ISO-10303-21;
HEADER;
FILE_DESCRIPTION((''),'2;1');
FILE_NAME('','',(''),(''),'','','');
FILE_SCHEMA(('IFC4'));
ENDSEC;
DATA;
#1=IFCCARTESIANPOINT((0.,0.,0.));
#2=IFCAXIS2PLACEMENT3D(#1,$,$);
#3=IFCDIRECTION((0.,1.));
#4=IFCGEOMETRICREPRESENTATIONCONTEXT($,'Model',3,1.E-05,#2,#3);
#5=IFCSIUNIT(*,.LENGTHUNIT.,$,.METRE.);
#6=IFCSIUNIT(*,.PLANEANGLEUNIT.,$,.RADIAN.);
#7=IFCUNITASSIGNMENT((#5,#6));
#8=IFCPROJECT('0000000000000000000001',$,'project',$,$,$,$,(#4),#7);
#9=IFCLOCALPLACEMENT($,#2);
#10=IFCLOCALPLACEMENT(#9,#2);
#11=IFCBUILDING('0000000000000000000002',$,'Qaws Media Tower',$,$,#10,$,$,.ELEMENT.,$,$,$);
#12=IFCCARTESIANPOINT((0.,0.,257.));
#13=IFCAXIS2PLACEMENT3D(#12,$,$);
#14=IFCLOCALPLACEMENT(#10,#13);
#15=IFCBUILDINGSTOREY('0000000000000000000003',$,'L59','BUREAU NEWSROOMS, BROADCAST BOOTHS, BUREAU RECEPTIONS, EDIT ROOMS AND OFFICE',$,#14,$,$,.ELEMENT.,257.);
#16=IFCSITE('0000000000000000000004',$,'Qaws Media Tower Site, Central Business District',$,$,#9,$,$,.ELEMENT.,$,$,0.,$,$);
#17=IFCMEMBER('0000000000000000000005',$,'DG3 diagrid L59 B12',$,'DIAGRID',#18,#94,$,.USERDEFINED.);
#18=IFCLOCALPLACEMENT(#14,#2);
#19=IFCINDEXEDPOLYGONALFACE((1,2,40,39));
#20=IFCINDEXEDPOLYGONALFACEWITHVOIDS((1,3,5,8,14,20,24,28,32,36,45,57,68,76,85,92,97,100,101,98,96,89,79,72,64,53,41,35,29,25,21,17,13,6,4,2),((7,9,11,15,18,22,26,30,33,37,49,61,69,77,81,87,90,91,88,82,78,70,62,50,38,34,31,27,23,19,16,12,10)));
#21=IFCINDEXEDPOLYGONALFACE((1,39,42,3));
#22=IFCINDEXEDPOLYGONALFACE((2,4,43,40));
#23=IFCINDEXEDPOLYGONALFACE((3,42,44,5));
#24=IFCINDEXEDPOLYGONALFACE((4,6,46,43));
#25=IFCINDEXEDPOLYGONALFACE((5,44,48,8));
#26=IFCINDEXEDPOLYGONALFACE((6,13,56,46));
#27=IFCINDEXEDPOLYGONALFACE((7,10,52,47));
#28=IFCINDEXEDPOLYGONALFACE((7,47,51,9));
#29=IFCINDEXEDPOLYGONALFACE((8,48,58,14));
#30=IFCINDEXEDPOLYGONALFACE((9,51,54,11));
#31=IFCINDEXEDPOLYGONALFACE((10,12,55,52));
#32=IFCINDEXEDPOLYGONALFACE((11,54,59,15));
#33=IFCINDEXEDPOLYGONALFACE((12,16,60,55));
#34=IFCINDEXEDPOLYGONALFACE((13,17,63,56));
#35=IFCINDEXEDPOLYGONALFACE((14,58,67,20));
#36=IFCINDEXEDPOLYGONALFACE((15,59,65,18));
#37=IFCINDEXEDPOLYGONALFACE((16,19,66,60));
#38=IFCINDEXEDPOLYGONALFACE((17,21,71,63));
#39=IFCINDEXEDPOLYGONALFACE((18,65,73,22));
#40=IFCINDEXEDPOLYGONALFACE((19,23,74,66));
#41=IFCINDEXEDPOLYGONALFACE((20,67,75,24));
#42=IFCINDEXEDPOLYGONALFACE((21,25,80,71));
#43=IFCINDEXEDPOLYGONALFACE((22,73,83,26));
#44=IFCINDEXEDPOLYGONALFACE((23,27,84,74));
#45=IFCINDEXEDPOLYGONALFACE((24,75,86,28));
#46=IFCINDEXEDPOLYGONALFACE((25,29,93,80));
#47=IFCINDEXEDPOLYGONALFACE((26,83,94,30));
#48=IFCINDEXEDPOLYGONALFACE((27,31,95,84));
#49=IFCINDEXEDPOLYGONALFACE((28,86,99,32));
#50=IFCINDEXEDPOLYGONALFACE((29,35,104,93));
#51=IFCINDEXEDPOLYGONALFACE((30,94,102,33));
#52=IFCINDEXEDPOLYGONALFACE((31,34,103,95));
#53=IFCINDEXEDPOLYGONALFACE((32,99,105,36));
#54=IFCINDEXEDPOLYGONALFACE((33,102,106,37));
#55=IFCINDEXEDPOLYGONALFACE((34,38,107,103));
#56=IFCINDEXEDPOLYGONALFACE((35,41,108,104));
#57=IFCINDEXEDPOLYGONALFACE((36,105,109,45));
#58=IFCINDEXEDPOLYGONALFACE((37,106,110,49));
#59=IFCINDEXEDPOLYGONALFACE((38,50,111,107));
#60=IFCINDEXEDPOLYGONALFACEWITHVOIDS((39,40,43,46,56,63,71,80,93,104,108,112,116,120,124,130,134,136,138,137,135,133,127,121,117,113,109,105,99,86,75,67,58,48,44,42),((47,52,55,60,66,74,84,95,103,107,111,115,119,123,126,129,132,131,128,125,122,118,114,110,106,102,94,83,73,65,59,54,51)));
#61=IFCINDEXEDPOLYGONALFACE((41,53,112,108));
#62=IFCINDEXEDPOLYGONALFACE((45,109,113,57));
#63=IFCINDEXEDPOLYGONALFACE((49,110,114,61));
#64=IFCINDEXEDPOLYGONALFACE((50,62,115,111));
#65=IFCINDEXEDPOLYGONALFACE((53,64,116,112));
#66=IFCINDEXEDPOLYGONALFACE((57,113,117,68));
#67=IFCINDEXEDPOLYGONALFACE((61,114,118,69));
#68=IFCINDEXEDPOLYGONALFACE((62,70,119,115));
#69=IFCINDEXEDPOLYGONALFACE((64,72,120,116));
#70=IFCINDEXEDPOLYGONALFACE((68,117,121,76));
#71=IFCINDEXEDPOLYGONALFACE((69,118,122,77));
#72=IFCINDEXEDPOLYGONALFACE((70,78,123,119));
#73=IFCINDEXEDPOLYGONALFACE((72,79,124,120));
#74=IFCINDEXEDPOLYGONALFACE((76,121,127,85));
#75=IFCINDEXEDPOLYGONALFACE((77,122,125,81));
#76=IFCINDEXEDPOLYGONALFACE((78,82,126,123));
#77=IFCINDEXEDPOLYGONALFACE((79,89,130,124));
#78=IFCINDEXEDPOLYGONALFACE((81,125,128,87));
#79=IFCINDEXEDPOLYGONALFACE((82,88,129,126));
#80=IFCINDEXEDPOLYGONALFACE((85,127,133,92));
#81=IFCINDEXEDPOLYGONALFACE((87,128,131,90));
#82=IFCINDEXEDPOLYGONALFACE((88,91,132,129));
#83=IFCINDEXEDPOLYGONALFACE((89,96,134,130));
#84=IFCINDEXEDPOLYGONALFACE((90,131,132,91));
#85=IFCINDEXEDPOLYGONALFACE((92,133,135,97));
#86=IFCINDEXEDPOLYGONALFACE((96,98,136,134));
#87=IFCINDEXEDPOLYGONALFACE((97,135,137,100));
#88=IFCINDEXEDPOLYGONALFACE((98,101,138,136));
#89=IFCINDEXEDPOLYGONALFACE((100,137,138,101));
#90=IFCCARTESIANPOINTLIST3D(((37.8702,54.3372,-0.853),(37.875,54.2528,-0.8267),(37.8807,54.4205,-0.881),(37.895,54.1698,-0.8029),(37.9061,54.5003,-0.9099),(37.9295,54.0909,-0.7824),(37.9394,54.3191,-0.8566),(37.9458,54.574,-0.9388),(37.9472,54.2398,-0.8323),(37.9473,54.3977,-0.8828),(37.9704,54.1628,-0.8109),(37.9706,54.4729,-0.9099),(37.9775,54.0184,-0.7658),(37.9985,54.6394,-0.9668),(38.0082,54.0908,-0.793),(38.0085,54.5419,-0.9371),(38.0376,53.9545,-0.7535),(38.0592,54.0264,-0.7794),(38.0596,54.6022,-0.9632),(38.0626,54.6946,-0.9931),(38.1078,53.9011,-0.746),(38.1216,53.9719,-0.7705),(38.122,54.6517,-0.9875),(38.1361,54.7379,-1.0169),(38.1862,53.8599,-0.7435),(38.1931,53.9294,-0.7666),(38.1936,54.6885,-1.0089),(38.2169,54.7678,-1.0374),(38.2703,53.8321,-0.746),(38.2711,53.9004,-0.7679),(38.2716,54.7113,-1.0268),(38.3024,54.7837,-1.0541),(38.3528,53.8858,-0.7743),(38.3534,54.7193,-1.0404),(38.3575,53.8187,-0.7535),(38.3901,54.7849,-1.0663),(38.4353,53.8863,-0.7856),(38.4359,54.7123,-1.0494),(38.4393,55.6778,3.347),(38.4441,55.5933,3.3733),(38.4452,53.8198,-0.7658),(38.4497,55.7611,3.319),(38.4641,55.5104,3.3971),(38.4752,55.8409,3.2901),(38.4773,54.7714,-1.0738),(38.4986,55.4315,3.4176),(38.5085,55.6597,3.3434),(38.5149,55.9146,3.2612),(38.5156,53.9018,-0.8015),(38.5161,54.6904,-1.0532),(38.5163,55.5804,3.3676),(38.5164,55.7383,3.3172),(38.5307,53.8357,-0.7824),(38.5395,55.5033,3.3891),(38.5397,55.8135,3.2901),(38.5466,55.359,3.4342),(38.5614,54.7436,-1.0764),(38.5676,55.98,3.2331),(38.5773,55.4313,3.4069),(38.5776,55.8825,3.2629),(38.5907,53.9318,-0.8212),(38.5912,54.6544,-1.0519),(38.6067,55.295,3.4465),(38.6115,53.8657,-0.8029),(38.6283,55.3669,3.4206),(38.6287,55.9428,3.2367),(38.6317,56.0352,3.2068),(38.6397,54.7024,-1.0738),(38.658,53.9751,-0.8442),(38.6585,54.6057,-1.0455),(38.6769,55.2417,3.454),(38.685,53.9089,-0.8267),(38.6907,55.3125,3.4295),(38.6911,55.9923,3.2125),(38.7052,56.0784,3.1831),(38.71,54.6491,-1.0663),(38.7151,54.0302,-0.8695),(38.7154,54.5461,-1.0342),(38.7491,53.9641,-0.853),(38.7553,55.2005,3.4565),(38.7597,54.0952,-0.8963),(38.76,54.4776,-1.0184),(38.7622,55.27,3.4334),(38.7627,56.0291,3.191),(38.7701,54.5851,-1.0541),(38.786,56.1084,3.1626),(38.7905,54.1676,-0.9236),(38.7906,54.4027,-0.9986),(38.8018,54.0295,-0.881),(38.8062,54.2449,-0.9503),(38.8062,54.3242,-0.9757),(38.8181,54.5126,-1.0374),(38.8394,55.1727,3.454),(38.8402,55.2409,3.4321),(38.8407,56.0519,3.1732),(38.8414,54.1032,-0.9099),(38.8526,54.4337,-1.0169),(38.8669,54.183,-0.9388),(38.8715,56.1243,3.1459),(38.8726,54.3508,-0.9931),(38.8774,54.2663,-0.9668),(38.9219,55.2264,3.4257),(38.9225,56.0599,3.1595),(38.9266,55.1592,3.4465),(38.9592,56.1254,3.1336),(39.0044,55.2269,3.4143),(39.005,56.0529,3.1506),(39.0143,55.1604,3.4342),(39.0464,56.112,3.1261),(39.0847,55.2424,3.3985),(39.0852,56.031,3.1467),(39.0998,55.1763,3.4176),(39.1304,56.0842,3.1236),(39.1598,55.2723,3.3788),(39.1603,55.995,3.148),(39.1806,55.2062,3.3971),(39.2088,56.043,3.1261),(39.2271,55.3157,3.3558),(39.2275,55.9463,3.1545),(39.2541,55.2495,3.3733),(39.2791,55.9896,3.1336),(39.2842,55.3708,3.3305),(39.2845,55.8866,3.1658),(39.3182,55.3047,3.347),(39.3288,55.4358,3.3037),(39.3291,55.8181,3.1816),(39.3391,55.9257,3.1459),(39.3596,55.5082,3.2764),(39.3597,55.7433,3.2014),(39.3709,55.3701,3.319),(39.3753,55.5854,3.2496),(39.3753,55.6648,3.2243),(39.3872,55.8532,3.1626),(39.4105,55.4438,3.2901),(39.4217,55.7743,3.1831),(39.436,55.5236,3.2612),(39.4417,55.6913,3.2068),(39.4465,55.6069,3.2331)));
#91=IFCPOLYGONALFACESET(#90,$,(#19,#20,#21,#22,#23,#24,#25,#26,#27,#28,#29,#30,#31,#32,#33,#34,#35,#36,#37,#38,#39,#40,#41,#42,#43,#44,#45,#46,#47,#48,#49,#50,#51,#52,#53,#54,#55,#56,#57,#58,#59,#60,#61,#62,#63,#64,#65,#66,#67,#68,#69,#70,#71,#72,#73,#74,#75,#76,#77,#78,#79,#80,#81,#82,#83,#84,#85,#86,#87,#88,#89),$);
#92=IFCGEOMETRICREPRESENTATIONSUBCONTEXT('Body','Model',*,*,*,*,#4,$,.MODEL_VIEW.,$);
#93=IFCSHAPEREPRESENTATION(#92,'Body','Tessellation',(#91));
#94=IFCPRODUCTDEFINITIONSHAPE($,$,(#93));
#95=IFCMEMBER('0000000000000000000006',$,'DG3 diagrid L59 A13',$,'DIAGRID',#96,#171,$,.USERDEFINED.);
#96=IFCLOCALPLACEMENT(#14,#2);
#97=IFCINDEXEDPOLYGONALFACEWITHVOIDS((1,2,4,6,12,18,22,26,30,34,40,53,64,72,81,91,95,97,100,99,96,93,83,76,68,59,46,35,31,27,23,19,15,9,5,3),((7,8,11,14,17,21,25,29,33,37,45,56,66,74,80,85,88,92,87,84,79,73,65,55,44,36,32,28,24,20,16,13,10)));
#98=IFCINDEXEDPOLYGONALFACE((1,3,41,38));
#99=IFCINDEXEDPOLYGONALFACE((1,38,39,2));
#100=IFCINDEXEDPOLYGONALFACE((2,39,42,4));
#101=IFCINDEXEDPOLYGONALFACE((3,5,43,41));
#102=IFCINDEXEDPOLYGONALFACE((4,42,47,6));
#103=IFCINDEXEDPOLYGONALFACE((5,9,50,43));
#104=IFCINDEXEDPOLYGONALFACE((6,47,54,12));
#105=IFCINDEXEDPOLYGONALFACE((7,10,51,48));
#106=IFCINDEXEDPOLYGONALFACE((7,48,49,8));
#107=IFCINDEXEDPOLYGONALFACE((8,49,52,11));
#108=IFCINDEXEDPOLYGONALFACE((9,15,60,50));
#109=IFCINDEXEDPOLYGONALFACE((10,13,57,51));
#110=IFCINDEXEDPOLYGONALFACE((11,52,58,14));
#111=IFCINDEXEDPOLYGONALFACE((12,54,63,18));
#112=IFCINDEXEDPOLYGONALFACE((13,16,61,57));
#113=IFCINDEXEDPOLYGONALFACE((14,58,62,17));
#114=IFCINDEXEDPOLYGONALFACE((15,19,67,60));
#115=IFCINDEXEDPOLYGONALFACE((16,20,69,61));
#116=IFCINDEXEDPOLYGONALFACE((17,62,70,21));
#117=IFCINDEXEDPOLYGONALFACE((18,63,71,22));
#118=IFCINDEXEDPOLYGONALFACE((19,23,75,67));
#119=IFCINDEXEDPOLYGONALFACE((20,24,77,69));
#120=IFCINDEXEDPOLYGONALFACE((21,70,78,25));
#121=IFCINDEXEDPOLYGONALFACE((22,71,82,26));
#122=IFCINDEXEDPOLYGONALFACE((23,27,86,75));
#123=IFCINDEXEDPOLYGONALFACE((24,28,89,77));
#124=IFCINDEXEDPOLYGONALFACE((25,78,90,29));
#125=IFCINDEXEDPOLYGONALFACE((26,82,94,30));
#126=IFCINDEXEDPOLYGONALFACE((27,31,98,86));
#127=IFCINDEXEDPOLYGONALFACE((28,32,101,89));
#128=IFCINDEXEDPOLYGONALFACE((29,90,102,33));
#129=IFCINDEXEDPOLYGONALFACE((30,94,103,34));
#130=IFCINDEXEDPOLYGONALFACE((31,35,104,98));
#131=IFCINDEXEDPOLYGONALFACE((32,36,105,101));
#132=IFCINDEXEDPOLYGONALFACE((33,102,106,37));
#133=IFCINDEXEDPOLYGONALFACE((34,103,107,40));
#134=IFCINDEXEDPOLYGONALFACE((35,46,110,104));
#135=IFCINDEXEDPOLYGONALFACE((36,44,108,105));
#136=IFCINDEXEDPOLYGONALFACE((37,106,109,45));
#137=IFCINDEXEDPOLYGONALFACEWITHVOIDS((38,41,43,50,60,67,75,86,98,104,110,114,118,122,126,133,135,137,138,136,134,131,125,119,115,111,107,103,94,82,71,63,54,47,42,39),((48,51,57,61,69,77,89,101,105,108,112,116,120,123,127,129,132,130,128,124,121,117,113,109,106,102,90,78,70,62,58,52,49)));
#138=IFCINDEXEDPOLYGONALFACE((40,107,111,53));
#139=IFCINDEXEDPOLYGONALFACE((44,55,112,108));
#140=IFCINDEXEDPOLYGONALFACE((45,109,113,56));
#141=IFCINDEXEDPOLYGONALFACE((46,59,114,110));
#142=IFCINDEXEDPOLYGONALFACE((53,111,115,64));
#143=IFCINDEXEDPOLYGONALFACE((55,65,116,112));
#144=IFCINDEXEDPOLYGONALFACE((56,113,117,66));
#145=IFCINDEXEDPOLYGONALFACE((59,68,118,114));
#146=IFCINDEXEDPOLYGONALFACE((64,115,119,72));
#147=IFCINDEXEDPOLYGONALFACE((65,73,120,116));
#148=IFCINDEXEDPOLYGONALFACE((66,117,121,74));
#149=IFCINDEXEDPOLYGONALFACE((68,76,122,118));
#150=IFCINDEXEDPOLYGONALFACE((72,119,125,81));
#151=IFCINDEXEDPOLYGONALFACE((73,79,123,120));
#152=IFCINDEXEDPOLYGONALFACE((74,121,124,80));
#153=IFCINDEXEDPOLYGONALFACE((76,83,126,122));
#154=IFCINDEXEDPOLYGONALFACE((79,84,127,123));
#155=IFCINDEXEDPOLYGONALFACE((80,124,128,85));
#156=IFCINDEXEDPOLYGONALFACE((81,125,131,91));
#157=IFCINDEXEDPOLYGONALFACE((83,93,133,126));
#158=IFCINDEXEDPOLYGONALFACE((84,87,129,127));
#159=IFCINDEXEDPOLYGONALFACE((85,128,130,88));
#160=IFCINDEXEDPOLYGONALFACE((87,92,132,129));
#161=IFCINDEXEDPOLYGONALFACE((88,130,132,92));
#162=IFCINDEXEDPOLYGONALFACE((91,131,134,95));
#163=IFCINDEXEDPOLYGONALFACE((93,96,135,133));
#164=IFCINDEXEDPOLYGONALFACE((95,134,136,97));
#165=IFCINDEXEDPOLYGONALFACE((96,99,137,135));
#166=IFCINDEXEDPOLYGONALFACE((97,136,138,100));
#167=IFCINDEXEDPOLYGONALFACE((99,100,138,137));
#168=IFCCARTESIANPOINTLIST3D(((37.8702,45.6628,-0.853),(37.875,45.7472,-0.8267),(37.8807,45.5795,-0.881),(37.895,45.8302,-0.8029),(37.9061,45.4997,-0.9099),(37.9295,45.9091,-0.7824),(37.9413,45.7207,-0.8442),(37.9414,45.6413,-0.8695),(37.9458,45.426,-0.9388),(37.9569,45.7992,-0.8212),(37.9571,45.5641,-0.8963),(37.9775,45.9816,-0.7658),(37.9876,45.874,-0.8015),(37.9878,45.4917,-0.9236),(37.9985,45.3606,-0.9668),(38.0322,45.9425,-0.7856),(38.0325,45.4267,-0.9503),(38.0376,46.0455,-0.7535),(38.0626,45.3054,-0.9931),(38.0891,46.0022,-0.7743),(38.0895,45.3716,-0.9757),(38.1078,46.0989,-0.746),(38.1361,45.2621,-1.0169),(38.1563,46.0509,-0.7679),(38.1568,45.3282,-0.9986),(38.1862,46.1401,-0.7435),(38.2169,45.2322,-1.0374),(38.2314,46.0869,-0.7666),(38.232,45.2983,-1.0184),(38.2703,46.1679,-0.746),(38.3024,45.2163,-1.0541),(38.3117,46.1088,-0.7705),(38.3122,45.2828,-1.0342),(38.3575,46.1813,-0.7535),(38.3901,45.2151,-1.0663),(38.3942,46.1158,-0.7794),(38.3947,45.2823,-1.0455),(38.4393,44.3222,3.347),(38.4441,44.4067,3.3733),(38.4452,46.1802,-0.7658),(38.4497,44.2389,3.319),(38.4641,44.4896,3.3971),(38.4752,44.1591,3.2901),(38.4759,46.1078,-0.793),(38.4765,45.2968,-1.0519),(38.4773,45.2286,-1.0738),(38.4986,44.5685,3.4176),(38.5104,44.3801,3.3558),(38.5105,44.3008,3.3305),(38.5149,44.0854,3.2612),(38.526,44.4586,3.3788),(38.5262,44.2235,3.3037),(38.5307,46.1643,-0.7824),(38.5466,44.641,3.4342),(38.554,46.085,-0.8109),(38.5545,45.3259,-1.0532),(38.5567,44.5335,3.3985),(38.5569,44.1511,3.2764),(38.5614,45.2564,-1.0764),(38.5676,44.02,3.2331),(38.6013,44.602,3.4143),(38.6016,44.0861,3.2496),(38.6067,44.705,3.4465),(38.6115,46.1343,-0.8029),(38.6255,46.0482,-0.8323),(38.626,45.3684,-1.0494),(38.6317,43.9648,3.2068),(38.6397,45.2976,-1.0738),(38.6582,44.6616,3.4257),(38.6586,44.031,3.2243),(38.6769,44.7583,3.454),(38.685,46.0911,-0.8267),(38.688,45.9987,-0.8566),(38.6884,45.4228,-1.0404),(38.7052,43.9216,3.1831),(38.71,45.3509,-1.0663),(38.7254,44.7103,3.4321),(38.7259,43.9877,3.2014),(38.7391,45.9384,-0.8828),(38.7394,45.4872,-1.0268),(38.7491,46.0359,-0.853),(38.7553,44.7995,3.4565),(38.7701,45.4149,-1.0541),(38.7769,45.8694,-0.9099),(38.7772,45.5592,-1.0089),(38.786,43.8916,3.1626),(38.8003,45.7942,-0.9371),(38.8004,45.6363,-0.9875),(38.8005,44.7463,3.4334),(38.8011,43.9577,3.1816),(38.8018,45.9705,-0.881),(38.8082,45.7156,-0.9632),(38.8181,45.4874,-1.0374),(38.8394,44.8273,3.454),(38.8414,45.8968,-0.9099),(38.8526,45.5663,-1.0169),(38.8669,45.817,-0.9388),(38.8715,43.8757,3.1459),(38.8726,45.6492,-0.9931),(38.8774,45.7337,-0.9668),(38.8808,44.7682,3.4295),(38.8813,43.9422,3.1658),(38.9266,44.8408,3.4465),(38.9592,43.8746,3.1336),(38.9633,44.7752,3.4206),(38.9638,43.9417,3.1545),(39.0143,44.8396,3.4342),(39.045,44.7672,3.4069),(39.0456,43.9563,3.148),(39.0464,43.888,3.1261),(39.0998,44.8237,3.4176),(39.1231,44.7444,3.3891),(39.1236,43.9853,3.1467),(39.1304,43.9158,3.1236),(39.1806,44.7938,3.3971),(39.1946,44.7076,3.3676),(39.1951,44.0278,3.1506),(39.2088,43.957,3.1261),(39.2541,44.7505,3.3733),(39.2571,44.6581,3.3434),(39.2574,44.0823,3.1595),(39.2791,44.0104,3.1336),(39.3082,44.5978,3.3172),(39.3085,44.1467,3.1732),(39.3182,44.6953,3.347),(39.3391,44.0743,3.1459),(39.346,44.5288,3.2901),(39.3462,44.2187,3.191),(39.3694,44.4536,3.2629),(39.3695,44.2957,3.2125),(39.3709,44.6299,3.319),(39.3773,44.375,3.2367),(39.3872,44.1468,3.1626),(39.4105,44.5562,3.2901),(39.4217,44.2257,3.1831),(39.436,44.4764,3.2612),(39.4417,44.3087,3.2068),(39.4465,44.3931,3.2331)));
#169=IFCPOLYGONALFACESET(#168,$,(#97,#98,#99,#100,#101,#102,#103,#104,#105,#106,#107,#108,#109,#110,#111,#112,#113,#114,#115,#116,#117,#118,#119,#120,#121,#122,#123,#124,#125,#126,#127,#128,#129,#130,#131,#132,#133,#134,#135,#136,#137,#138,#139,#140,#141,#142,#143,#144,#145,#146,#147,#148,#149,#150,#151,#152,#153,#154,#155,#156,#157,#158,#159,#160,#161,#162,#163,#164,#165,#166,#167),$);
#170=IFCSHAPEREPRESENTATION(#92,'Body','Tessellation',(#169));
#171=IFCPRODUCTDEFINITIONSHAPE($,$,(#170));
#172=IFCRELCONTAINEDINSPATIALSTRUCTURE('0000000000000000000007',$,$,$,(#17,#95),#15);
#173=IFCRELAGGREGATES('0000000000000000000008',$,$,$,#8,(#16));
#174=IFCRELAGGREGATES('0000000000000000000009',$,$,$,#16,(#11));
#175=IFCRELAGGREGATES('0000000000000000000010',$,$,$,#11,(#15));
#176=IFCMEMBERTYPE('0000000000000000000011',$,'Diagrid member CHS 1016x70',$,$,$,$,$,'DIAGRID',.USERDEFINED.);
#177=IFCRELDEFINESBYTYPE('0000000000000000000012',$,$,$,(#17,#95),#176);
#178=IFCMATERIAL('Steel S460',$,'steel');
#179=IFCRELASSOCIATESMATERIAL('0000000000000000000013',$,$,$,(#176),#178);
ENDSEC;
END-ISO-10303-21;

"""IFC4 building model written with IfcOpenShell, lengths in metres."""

from ifc_helpers import new_model, si_unit, direction, frame, origin, origin_2d, place, context, subcontext, project, spatial, hollow_circle, extrude, material, material_profile, profile_set, type_object, element, save


model = new_model("IFC4")

# Units and contexts
model_context = context("Model", 3, precision=1e-05, world=origin(), true_north=direction((0.0, 1.0)))
body_context = subcontext(model_context, "Body", "Model", "MODEL_VIEW")
ifc_project = project(units=[si_unit("LENGTHUNIT", "METRE"), si_unit("PLANEANGLEUNIT", "RADIAN")], contexts=[model_context])

# Site, building, storey
site_placement = place(None, origin())
site = spatial("IfcSite", under=ifc_project, at=site_placement, Name="Qaws Media Tower Site, Central Business District", CompositionType="ELEMENT", RefElevation=0.0)
building_placement = place(site_placement, origin())
building = spatial("IfcBuilding", under=site, at=building_placement, Name="Qaws Media Tower", CompositionType="ELEMENT")
storey_placement = place(building_placement, frame((0.0, 0.0, 257.0)))
storey = spatial("IfcBuildingStorey", under=building, at=storey_placement, Name="L59", Description="BUREAU NEWSROOMS, BROADCAST BOOTHS, BUREAU RECEPTIONS, EDIT ROOMS AND OFFICE", CompositionType="ELEMENT", Elevation=257.0)

# Members
ifc_material_1 = material(Name="Steel S460", Category="steel")
ifc_material_profile_1 = material_profile(ifc_material_1, hollow_circle(Radius=0.5081, WallThickness=0.0701, at=origin_2d()), Name="CHS 1016x70")
ifc_profile_set_1 = profile_set([ifc_material_profile_1], Name="Steel S460")
member_type_1 = type_object("IfcMemberType", Name="Diagrid member CHS 1016x70", ElementType="DIAGRID", PredefinedType="USERDEFINED", material=ifc_profile_set_1)
for number, where, z_axis, x_axis, name in (
    (1, (38.3738, 54.3018, -0.9099), (0.128021, 0.301572, 0.944809), (-0.920492, 0.390761, 0.0), "DG3 diagrid L59 B12"),
    (2, (38.3738, 45.6982, -0.9099), (0.128021, -0.301572, 0.944809), (0.920492, 0.390761, 0.0), "DG3 diagrid L59 A13"),
):
    element("IfcMember", number, at=place(storey_placement, frame(where, z_axis=z_axis, x_axis=x_axis)), inside=storey, type_object=member_type_1, Name=name, ObjectType="DIAGRID", PredefinedType="USERDEFINED", context=body_context, shape_type="SweptSolid", body=[
        extrude(hollow_circle(Radius=0.5081, WallThickness=0.0701, at=origin_2d()), origin(), (0.0, 0.0, 1.0), 4.4453),
    ])

save(model, "model.ifc")
